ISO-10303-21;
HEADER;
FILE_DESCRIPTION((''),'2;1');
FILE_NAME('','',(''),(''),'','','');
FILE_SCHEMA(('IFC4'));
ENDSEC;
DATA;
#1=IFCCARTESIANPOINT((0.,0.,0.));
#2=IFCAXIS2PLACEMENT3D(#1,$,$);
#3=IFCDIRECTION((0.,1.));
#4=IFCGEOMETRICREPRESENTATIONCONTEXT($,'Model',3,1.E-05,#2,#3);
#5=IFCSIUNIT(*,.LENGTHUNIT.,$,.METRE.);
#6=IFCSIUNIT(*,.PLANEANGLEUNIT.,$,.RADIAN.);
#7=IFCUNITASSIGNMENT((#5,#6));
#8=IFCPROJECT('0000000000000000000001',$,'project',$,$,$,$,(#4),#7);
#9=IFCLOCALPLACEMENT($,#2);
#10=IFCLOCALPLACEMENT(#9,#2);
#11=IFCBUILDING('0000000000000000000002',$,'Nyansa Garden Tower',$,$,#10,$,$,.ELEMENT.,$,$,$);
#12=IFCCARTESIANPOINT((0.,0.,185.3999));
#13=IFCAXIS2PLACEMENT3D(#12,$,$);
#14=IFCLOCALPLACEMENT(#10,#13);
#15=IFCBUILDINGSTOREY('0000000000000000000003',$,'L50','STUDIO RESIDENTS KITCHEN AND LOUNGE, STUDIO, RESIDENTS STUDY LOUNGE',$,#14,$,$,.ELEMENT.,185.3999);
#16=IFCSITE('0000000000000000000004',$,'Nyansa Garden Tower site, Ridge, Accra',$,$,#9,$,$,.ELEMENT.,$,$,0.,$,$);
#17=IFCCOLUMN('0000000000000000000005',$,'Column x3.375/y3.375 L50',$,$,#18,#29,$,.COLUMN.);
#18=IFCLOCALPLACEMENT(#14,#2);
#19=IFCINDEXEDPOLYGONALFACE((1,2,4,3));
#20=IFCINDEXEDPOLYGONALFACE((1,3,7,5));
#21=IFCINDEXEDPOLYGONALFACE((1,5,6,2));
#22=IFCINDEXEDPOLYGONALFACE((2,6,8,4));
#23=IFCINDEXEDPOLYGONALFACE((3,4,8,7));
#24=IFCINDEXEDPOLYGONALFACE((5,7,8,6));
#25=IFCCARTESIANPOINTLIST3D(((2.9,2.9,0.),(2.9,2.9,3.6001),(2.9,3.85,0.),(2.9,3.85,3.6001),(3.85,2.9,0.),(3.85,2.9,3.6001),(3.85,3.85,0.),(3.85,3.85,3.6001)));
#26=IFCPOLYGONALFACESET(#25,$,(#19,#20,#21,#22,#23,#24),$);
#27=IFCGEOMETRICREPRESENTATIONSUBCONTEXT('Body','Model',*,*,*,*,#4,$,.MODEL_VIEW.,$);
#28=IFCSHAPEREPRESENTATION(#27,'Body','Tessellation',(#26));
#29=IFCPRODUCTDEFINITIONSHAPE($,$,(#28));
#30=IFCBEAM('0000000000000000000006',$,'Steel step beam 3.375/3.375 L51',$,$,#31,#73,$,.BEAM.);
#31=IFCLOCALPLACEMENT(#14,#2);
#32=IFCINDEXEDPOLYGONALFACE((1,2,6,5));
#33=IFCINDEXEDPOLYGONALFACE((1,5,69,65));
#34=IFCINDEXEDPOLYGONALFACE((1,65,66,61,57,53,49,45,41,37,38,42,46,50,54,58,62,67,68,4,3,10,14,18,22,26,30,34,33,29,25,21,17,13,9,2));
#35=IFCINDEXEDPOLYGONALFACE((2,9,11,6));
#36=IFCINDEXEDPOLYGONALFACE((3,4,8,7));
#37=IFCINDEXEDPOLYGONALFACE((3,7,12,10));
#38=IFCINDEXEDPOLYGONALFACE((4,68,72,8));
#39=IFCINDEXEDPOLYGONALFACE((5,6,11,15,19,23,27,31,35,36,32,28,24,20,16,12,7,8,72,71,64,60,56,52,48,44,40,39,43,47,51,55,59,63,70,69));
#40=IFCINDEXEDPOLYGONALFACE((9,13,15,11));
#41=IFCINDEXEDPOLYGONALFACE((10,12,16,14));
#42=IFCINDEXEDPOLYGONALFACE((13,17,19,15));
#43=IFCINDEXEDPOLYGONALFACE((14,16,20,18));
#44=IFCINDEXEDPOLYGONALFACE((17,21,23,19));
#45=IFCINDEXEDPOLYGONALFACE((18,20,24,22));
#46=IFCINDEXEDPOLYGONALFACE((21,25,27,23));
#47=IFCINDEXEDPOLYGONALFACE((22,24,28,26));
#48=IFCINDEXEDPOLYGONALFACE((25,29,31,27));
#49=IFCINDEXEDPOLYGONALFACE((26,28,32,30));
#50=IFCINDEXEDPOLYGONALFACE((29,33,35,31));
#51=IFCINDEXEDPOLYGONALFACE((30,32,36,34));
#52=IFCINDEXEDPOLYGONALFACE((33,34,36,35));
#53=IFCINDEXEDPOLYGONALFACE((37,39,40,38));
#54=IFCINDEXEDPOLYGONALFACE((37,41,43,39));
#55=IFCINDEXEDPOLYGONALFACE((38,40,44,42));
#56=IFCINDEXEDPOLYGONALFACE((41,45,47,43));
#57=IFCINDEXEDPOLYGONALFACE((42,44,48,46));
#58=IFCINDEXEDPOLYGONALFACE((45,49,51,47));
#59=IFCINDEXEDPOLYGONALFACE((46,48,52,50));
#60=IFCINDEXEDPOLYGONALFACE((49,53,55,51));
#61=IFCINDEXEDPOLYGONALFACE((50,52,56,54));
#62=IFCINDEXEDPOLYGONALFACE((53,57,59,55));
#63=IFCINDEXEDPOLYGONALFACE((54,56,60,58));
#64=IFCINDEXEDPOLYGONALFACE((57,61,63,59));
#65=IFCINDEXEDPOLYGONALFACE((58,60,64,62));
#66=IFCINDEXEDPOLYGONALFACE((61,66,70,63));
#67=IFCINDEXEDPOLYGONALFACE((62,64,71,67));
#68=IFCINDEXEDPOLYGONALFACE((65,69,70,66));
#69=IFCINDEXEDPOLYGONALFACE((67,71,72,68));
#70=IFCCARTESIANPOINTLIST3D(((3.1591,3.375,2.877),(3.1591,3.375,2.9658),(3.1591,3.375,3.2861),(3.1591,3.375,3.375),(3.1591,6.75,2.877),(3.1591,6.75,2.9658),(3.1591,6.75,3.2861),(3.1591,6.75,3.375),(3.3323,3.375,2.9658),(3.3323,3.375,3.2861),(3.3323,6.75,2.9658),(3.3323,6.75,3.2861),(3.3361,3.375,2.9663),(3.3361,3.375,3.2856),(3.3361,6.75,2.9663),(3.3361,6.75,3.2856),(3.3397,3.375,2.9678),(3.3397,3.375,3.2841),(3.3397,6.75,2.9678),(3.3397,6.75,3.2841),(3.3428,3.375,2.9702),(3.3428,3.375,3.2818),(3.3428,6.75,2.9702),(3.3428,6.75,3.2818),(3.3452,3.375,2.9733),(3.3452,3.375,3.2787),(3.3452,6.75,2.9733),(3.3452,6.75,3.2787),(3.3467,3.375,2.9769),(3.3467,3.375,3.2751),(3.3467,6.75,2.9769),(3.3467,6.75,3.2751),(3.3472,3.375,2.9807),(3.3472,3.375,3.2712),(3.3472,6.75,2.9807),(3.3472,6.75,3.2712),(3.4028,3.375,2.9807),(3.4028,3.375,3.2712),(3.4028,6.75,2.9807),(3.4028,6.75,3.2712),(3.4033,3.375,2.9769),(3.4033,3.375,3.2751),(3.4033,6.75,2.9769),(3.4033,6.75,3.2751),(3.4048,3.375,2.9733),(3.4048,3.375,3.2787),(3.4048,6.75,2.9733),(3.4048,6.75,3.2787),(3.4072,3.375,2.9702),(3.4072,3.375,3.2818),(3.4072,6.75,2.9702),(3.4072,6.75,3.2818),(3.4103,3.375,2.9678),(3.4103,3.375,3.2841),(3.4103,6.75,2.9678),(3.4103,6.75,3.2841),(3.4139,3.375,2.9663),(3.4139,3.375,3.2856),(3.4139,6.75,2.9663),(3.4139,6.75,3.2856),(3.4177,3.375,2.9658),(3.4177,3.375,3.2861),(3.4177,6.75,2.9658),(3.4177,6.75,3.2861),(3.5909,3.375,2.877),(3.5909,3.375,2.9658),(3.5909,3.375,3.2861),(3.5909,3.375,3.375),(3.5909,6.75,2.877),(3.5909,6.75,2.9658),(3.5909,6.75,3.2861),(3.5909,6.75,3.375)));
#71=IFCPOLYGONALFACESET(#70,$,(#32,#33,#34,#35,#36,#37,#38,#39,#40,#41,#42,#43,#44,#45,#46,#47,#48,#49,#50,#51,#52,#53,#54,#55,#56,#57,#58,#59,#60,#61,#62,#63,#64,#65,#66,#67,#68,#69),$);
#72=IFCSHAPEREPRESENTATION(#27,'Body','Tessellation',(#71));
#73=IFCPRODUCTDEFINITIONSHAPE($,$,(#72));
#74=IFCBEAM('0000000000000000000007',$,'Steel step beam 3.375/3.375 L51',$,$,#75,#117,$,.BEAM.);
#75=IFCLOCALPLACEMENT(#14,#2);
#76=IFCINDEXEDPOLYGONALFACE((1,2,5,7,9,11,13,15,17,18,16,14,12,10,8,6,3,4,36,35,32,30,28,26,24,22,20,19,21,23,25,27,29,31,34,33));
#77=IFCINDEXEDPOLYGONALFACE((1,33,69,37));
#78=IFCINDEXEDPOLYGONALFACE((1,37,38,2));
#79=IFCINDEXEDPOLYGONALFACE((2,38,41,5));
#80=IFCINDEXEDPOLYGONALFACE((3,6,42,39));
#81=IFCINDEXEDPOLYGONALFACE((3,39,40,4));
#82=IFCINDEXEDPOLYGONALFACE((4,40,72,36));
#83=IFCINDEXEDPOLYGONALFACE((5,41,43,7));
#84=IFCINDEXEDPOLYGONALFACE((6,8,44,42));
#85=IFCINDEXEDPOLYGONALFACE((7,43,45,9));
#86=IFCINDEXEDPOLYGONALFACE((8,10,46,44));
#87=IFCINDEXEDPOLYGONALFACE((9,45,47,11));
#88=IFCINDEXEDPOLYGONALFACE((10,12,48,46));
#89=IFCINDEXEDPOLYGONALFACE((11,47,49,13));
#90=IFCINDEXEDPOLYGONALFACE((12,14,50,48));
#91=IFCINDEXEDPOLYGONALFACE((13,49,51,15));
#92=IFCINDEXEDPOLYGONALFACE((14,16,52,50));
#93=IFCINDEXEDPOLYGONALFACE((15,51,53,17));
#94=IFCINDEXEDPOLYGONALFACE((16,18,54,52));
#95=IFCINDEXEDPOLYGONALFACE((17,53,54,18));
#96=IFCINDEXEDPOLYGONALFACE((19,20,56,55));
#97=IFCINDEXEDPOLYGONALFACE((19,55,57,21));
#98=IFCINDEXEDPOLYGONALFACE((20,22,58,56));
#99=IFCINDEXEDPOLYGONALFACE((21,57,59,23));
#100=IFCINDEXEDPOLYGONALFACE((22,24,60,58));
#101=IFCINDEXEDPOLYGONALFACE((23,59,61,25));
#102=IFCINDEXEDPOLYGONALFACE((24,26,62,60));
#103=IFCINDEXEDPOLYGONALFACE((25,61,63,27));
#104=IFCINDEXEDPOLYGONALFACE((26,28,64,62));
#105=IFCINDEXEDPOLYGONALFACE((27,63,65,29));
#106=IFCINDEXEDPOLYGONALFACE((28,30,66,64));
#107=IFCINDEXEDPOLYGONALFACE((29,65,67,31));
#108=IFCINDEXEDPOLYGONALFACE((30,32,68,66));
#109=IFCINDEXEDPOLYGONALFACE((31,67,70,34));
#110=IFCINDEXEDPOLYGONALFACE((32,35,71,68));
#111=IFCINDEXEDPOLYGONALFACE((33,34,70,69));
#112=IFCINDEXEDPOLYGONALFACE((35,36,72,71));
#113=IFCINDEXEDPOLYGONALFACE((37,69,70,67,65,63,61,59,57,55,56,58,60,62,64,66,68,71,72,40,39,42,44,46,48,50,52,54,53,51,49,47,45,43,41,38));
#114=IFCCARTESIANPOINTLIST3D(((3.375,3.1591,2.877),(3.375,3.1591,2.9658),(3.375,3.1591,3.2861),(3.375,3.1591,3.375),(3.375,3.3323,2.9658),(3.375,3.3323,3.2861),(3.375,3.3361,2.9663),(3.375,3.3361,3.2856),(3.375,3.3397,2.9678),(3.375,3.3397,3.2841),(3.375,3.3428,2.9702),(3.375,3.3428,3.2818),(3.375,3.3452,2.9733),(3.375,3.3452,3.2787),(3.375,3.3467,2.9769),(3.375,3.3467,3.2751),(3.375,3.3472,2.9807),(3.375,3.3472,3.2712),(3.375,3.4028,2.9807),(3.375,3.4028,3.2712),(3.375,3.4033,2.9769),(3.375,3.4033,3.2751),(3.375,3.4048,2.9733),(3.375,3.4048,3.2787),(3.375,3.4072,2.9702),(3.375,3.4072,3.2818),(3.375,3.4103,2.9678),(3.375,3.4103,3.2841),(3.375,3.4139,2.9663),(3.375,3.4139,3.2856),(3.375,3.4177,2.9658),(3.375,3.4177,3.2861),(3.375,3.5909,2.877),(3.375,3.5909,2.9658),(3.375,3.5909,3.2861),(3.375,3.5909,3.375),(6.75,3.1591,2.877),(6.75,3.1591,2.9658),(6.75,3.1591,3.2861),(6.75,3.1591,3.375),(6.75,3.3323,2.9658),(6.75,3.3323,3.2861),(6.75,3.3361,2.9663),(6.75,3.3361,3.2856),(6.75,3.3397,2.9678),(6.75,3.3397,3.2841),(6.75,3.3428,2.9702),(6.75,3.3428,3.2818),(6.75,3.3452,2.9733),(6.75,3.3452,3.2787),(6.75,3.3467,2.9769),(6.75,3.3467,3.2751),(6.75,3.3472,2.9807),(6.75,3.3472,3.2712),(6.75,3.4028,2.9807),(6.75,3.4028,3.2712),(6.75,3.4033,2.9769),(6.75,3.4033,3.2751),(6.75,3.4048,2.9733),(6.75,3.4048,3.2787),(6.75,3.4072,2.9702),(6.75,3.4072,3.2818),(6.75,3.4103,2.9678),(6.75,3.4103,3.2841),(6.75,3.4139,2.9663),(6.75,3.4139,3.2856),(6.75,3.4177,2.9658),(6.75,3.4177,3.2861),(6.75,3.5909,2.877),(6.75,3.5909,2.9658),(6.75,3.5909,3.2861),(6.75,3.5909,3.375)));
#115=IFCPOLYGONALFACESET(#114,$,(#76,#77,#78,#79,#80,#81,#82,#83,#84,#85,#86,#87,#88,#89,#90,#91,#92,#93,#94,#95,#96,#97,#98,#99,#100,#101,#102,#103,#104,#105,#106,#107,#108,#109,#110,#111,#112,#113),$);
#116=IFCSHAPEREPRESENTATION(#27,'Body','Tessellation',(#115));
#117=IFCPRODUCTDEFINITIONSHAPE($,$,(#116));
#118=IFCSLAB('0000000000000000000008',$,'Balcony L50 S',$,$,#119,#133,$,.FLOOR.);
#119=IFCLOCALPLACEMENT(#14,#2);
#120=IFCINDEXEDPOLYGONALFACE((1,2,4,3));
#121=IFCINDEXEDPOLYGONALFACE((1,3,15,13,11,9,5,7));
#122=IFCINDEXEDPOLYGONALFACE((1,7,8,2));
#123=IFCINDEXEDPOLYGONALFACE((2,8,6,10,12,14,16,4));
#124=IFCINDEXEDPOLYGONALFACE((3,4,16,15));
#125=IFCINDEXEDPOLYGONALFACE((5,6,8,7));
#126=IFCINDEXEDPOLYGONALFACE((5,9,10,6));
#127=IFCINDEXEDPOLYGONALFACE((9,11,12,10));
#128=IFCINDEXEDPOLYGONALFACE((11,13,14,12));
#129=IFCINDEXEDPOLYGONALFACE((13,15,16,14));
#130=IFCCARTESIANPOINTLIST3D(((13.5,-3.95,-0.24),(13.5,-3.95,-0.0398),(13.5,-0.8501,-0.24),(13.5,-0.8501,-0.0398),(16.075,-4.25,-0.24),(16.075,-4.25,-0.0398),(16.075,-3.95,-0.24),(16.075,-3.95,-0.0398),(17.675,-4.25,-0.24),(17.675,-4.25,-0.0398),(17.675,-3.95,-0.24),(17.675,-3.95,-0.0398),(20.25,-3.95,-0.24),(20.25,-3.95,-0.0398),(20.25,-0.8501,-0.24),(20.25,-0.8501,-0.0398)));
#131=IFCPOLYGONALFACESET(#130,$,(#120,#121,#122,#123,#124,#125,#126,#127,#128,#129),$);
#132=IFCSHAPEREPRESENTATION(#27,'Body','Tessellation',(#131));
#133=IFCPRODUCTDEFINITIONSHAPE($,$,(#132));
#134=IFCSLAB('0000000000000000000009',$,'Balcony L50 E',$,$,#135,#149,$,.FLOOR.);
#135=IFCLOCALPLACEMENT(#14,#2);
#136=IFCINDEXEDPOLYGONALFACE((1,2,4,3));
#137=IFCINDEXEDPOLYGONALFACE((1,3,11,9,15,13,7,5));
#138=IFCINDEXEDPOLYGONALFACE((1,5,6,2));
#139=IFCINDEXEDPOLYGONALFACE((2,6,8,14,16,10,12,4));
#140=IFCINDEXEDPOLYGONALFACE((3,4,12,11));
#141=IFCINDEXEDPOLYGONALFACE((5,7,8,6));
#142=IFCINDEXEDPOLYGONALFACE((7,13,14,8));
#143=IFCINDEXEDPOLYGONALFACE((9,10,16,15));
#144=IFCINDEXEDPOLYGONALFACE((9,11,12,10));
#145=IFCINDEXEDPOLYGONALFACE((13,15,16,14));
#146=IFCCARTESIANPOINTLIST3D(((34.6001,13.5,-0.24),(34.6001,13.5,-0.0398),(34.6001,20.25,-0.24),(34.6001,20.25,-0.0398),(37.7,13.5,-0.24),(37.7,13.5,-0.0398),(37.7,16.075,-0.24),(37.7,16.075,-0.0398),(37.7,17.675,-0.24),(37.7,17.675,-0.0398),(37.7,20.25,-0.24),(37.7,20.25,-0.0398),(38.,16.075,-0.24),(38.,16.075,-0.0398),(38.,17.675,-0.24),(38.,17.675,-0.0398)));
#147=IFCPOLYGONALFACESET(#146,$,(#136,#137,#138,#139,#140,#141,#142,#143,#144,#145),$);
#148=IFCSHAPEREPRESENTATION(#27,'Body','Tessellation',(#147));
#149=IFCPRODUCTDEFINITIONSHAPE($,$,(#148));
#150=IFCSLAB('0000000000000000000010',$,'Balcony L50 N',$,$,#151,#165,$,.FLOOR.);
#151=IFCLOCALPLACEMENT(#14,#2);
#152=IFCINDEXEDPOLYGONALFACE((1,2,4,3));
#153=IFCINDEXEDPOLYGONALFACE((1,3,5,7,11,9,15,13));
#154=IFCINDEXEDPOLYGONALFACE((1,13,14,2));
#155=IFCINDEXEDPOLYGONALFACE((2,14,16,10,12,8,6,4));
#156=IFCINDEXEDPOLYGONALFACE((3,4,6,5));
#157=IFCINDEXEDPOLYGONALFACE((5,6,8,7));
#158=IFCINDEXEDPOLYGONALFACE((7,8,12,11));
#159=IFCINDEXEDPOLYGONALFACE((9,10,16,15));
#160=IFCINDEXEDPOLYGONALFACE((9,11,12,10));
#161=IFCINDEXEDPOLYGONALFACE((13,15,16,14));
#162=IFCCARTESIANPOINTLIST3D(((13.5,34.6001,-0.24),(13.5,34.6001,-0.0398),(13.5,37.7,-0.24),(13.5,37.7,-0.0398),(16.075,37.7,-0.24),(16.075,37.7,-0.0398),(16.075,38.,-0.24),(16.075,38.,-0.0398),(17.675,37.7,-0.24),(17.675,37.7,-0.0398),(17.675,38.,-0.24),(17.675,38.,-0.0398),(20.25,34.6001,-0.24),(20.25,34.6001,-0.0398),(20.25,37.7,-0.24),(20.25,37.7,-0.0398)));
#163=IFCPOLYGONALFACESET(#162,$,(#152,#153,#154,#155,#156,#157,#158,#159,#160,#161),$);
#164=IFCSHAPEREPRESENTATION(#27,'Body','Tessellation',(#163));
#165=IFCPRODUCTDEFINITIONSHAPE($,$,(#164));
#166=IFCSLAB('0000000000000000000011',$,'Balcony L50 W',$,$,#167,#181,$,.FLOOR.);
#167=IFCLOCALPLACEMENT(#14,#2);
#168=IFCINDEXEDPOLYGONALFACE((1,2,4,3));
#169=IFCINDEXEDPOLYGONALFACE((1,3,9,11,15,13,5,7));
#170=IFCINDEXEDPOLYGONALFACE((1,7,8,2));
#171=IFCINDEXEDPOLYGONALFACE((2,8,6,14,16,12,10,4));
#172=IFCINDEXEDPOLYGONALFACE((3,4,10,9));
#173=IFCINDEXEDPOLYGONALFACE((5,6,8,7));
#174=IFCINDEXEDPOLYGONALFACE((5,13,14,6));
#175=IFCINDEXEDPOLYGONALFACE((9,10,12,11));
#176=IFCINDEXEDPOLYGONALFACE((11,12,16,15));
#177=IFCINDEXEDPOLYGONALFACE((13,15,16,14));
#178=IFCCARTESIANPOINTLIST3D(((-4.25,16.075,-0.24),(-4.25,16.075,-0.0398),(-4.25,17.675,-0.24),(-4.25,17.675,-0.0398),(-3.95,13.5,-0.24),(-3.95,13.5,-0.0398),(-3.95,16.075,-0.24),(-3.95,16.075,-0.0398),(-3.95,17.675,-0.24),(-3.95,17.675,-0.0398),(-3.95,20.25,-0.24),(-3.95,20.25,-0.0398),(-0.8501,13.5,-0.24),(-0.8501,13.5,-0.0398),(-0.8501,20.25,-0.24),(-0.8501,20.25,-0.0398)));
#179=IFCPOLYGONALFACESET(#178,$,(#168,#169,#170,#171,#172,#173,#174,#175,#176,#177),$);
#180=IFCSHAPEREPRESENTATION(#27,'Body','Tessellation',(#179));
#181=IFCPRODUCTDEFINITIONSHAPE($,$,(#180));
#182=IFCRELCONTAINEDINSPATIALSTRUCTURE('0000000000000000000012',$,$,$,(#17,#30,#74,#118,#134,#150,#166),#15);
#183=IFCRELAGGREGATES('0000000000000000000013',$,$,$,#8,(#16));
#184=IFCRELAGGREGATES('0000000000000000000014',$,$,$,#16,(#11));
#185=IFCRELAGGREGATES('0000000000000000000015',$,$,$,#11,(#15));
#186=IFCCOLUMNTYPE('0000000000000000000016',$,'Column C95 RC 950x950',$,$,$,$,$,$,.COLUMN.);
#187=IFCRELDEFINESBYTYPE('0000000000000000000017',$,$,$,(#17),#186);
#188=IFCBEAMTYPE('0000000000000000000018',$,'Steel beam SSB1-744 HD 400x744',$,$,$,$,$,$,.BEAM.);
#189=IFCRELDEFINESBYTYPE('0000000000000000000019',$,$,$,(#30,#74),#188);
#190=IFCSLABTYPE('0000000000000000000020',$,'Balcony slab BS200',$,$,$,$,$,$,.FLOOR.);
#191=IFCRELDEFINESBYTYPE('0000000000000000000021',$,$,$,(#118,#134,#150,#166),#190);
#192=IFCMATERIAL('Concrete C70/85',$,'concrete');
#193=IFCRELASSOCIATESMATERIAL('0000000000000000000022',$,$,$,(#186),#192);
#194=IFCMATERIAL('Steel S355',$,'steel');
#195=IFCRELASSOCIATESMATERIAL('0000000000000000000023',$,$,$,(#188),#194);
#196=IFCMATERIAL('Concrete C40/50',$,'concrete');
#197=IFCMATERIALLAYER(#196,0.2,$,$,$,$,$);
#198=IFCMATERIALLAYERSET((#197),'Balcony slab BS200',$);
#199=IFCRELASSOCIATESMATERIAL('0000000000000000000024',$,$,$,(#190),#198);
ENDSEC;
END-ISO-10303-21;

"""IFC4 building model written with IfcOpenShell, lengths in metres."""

from ifc_helpers import new_model, si_unit, direction, frame, origin, origin_2d, place, context, subcontext, project, spatial, polyline, rectangle, i_section, outline, extrude, material, layer, layer_set, material_profile, profile_set, type_object, element, save


model = new_model("IFC4")

# Units and contexts
model_context = context("Model", 3, precision=1e-05, world=origin(), true_north=direction((0.0, 1.0)))
body_context = subcontext(model_context, "Body", "Model", "MODEL_VIEW")
ifc_project = project(units=[si_unit("LENGTHUNIT", "METRE"), si_unit("PLANEANGLEUNIT", "RADIAN")], contexts=[model_context])

# Site, building, storey
site_placement = place(None, origin())
site = spatial("IfcSite", under=ifc_project, at=site_placement, Name="Nyansa Garden Tower site, Ridge, Accra", CompositionType="ELEMENT", RefElevation=0.0)
building_placement = place(site_placement, origin())
building = spatial("IfcBuilding", under=site, at=building_placement, Name="Nyansa Garden Tower", CompositionType="ELEMENT")
storey_placement = place(building_placement, frame((0.0, 0.0, 185.3999)))
storey = spatial("IfcBuildingStorey", under=building, at=storey_placement, Name="L50", Description="STUDIO RESIDENTS KITCHEN AND LOUNGE, STUDIO, RESIDENTS STUDY LOUNGE", CompositionType="ELEMENT", Elevation=185.3999)

# Column
ifc_material_1 = material(Name="Concrete C70/85", Category="concrete")
ifc_material_profile_1 = material_profile(ifc_material_1, rectangle(XDim=0.95, YDim=0.95, at=origin_2d()), Name="RC 950x950")
ifc_profile_set_1 = profile_set([ifc_material_profile_1], Name="Concrete C70/85")
column_type = type_object("IfcColumnType", Name="Column C95 RC 950x950", PredefinedType="COLUMN", material=ifc_profile_set_1)
column_placement = place(storey_placement, frame((3.375, 3.375, 0.0), z_axis=(0.0, 0.0, 1.0), x_axis=(1.0, 0.0, 0.0)))
element("IfcColumn", 1, at=column_placement, inside=storey, type_object=column_type, Name="Column x3.375/y3.375 L50", PredefinedType="COLUMN", context=body_context, shape_type="SweptSolid", body=[
    extrude(rectangle(XDim=0.95, YDim=0.95, at=origin_2d()), origin(), (0.0, 0.0, 1.0), 3.6001),
])

# Beams
ifc_material_2 = material(Name="Steel S355", Category="steel")
ifc_material_profile_2 = material_profile(ifc_material_2, i_section(OverallWidth=0.4319, OverallDepth=0.498, WebThickness=0.0557, FlangeThickness=0.0889, FilletRadius=0.0149, at=origin_2d()), Name="HD 400x744")
ifc_profile_set_2 = profile_set([ifc_material_profile_2], Name="Steel S355")
beam_type = type_object("IfcBeamType", Name="Steel beam SSB1-744 HD 400x744", PredefinedType="BEAM", material=ifc_profile_set_2)
for number, where, z_axis, x_axis, name in (
    (2, (3.375, 3.375, 3.126), (0.0, 1.0, 0.0), (-1.0, 0.0, 0.0), "Steel step beam 3.375/3.375 L51"),
    (3, (3.375, 3.375, 3.126), (1.0, 0.0, 0.0), (0.0, 1.0, 0.0), "Steel step beam 3.375/3.375 L51"),
):
    element("IfcBeam", number, at=place(storey_placement, frame(where, z_axis=z_axis, x_axis=x_axis)), inside=storey, type_object=beam_type, Name=name, PredefinedType="BEAM", context=body_context, shape_type="SweptSolid", body=[
        extrude(i_section(OverallWidth=0.4319, OverallDepth=0.498, WebThickness=0.0557, FlangeThickness=0.0889, FilletRadius=0.0149, at=origin_2d()), origin(), (0.0, 0.0, 1.0), 3.375),
    ])

# Slabs
ifc_material_3 = material(Name="Concrete C40/50", Category="concrete")
ifc_layer_1 = layer(ifc_material_3, 0.2)
ifc_layer_set_1 = layer_set([ifc_layer_1], Name="Balcony slab BS200")
slab_type_1 = type_object("IfcSlabType", Name="Balcony slab BS200", PredefinedType="FLOOR", material=ifc_layer_set_1)
slab_1_placement = place(storey_placement, frame((0.0, 0.0, -0.24)))
element("IfcSlab", 4, at=slab_1_placement, inside=storey, type_object=slab_type_1, Name="Balcony L50 S", PredefinedType="FLOOR", context=body_context, shape_type="SweptSolid", body=[
    extrude(outline(polyline([(13.5, -0.8501), (20.25, -0.8501), (20.25, -3.95), (17.675, -3.95), (17.675, -4.25), (16.075, -4.25), (16.075, -3.95), (13.5, -3.95), (13.5, -0.8501)])), origin(), (0.0, 0.0, 1.0), 0.2002),
])
slab_2_placement = place(storey_placement, frame((0.0, 0.0, -0.24)))
element("IfcSlab", 5, at=slab_2_placement, inside=storey, type_object=slab_type_1, Name="Balcony L50 E", PredefinedType="FLOOR", context=body_context, shape_type="SweptSolid", body=[
    extrude(outline(polyline([(34.6001, 13.5), (34.6001, 20.25), (37.7, 20.25), (37.7, 17.675), (38.0, 17.675), (38.0, 16.075), (37.7, 16.075), (37.7, 13.5), (34.6001, 13.5)])), origin(), (0.0, 0.0, 1.0), 0.2002),
])
slab_3_placement = place(storey_placement, frame((0.0, 0.0, -0.24)))
element("IfcSlab", 6, at=slab_3_placement, inside=storey, type_object=slab_type_1, Name="Balcony L50 N", PredefinedType="FLOOR", context=body_context, shape_type="SweptSolid", body=[
    extrude(outline(polyline([(13.5, 34.6001), (20.25, 34.6001), (20.25, 37.7), (17.675, 37.7), (17.675, 38.0), (16.075, 38.0), (16.075, 37.7), (13.5, 37.7), (13.5, 34.6001)])), origin(), (0.0, 0.0, 1.0), 0.2002),
])
slab_4_placement = place(storey_placement, frame((0.0, 0.0, -0.24)))
element("IfcSlab", 7, at=slab_4_placement, inside=storey, type_object=slab_type_1, Name="Balcony L50 W", PredefinedType="FLOOR", context=body_context, shape_type="SweptSolid", body=[
    extrude(outline(polyline([(-0.8501, 13.5), (-0.8501, 20.25), (-3.95, 20.25), (-3.95, 17.675), (-4.25, 17.675), (-4.25, 16.075), (-3.95, 16.075), (-3.95, 13.5), (-0.8501, 13.5)])), origin(), (0.0, 0.0, 1.0), 0.2002),
])

save(model, "model.ifc")
